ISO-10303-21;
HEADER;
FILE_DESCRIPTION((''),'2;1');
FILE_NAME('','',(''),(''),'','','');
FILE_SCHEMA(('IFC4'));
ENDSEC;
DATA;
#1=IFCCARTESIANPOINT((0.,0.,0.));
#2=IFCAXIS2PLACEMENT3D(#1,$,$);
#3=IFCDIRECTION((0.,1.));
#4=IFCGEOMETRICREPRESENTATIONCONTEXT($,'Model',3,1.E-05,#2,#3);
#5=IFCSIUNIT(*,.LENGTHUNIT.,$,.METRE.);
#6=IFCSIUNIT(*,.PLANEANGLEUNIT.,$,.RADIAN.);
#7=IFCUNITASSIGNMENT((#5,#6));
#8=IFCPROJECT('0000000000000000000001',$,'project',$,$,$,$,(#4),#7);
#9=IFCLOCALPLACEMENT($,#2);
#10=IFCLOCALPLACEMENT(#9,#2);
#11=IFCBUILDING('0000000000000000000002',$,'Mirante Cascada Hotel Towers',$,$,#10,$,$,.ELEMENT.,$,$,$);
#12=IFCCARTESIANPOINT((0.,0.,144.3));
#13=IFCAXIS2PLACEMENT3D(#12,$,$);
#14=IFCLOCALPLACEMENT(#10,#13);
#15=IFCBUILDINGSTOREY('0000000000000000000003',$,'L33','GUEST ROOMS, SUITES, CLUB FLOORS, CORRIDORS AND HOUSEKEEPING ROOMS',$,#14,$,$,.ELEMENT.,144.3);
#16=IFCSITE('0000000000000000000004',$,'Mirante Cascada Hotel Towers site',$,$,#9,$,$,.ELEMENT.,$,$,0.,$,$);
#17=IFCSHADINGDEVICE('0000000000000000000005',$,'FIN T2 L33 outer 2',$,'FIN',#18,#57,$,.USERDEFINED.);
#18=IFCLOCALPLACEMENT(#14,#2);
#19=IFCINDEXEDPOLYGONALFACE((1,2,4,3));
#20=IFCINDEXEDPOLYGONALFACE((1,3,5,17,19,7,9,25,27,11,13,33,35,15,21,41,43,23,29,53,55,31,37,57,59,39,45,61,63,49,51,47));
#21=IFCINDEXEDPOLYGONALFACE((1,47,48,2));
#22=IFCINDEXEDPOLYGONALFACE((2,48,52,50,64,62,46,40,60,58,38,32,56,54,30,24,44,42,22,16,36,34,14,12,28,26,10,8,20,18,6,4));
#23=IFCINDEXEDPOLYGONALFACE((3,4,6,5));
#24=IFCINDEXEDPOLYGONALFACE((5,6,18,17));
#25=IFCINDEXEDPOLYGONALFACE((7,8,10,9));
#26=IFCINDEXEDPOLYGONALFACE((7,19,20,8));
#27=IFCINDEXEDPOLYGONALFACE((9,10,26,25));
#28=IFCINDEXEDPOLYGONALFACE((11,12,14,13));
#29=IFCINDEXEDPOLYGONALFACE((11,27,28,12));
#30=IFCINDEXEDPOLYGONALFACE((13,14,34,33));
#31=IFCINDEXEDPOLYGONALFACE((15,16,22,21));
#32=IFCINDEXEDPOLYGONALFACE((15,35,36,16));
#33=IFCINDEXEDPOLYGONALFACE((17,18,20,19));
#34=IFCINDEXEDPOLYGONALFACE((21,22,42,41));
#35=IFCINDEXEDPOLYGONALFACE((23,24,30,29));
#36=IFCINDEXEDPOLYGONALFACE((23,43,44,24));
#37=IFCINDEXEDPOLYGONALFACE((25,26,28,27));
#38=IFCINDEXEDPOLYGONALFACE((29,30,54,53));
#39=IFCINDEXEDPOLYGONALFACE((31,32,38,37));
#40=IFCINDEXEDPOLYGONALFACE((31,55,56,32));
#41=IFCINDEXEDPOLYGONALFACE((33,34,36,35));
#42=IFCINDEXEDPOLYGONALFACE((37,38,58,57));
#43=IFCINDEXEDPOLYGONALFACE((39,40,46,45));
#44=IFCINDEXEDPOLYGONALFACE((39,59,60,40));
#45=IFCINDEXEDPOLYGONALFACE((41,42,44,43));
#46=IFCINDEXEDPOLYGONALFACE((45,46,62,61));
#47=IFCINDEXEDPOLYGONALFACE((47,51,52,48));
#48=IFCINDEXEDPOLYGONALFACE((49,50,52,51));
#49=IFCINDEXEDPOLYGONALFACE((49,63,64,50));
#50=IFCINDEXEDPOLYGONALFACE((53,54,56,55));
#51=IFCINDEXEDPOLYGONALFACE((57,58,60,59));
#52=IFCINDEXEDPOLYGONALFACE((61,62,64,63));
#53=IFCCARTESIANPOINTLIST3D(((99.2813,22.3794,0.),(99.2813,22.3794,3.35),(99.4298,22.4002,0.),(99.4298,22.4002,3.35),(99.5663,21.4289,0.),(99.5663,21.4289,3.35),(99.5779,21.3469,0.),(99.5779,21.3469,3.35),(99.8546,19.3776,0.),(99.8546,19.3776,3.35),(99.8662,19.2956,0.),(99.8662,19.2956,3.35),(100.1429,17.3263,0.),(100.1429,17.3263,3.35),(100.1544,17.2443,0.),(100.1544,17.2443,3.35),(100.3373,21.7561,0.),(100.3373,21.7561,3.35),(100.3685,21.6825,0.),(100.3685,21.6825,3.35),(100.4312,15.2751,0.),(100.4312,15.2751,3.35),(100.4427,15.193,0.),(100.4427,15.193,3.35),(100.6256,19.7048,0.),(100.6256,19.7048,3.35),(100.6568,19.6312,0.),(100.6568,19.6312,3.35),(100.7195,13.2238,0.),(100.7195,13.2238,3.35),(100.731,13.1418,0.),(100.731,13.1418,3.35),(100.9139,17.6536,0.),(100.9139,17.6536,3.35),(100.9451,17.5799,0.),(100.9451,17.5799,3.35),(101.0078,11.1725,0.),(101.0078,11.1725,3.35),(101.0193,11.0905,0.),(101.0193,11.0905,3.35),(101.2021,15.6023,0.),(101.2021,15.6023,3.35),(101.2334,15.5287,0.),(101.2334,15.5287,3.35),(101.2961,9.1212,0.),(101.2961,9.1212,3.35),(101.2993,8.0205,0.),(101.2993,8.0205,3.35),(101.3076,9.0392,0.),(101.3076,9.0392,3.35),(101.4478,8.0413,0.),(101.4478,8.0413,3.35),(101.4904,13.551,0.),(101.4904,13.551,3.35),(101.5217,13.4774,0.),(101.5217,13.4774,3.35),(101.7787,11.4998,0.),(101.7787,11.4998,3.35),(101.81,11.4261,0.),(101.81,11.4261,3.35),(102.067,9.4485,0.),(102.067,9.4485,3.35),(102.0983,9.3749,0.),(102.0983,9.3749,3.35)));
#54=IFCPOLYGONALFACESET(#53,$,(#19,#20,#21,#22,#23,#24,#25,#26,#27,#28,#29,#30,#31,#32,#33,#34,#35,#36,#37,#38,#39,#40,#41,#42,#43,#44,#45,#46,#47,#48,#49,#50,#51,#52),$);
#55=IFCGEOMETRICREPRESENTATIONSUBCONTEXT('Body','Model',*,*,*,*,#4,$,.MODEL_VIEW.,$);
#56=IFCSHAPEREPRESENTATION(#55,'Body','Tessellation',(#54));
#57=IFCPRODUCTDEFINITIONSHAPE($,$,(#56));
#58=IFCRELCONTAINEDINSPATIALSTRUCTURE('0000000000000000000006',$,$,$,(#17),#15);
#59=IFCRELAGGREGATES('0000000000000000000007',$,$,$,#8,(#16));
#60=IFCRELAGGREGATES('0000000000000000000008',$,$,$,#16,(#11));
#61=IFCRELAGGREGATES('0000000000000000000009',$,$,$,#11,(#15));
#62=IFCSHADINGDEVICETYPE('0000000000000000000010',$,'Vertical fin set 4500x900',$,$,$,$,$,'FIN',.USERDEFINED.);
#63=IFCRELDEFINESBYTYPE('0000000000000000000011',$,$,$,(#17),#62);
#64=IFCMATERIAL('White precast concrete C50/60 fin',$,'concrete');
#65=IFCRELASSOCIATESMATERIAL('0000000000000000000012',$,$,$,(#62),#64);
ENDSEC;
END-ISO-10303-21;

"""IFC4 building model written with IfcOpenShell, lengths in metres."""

from ifc_helpers import new_model, si_unit, direction, frame, origin, place, context, subcontext, project, spatial, polyline, outline, extrude, material, type_object, element, save


model = new_model("IFC4")

# Units and contexts
model_context = context("Model", 3, precision=1e-05, world=origin(), true_north=direction((0.0, 1.0)))
body_context = subcontext(model_context, "Body", "Model", "MODEL_VIEW")
ifc_project = project(units=[si_unit("LENGTHUNIT", "METRE"), si_unit("PLANEANGLEUNIT", "RADIAN")], contexts=[model_context])

# Site, building, storey
site_placement = place(None, origin())
site = spatial("IfcSite", under=ifc_project, at=site_placement, Name="Mirante Cascada Hotel Towers site", CompositionType="ELEMENT", RefElevation=0.0)
building_placement = place(site_placement, origin())
building = spatial("IfcBuilding", under=site, at=building_placement, Name="Mirante Cascada Hotel Towers", CompositionType="ELEMENT")
storey_placement = place(building_placement, frame((0.0, 0.0, 144.3)))
storey = spatial("IfcBuildingStorey", under=building, at=storey_placement, Name="L33", Description="GUEST ROOMS, SUITES, CLUB FLOORS, CORRIDORS AND HOUSEKEEPING ROOMS", CompositionType="ELEMENT", Elevation=144.3)

# Shading device
ifc_material_1 = material(Name="White precast concrete C50/60 fin", Category="concrete")
shading_device_type = type_object("IfcShadingDeviceType", Name="Vertical fin set 4500x900", ElementType="FIN", PredefinedType="USERDEFINED", material=ifc_material_1)
shading_device_1_placement = place(storey_placement, origin())
element("IfcShadingDevice", 1, at=shading_device_1_placement, inside=storey, type_object=shading_device_type, Name="FIN T2 L33 outer 2", ObjectType="FIN", PredefinedType="USERDEFINED", context=body_context, shape_type="SweptSolid", body=[
    extrude(outline(polyline([(102.0983, 9.3749), (101.3076, 9.0392), (101.4478, 8.0413), (101.2993, 8.0205), (99.2813, 22.3794), (99.4298, 22.4002), (99.5663, 21.4289), (100.3373, 21.7561), (100.3685, 21.6825), (99.5779, 21.3469), (99.8546, 19.3776), (100.6256, 19.7048), (100.6568, 19.6312), (99.8662, 19.2956), (100.1429, 17.3263), (100.9139, 17.6536), (100.9451, 17.5799), (100.1544, 17.2443), (100.4312, 15.2751), (101.2021, 15.6023), (101.2334, 15.5287), (100.4427, 15.193), (100.7195, 13.2238), (101.4904, 13.551), (101.5217, 13.4774), (100.731, 13.1418), (101.0078, 11.1725), (101.7787, 11.4998), (101.81, 11.4261), (101.0193, 11.0905), (101.2961, 9.1212), (102.067, 9.4485), (102.0983, 9.3749)])), origin(), (0.0, 0.0, 1.0), 3.35),
])

save(model, "model.ifc")
